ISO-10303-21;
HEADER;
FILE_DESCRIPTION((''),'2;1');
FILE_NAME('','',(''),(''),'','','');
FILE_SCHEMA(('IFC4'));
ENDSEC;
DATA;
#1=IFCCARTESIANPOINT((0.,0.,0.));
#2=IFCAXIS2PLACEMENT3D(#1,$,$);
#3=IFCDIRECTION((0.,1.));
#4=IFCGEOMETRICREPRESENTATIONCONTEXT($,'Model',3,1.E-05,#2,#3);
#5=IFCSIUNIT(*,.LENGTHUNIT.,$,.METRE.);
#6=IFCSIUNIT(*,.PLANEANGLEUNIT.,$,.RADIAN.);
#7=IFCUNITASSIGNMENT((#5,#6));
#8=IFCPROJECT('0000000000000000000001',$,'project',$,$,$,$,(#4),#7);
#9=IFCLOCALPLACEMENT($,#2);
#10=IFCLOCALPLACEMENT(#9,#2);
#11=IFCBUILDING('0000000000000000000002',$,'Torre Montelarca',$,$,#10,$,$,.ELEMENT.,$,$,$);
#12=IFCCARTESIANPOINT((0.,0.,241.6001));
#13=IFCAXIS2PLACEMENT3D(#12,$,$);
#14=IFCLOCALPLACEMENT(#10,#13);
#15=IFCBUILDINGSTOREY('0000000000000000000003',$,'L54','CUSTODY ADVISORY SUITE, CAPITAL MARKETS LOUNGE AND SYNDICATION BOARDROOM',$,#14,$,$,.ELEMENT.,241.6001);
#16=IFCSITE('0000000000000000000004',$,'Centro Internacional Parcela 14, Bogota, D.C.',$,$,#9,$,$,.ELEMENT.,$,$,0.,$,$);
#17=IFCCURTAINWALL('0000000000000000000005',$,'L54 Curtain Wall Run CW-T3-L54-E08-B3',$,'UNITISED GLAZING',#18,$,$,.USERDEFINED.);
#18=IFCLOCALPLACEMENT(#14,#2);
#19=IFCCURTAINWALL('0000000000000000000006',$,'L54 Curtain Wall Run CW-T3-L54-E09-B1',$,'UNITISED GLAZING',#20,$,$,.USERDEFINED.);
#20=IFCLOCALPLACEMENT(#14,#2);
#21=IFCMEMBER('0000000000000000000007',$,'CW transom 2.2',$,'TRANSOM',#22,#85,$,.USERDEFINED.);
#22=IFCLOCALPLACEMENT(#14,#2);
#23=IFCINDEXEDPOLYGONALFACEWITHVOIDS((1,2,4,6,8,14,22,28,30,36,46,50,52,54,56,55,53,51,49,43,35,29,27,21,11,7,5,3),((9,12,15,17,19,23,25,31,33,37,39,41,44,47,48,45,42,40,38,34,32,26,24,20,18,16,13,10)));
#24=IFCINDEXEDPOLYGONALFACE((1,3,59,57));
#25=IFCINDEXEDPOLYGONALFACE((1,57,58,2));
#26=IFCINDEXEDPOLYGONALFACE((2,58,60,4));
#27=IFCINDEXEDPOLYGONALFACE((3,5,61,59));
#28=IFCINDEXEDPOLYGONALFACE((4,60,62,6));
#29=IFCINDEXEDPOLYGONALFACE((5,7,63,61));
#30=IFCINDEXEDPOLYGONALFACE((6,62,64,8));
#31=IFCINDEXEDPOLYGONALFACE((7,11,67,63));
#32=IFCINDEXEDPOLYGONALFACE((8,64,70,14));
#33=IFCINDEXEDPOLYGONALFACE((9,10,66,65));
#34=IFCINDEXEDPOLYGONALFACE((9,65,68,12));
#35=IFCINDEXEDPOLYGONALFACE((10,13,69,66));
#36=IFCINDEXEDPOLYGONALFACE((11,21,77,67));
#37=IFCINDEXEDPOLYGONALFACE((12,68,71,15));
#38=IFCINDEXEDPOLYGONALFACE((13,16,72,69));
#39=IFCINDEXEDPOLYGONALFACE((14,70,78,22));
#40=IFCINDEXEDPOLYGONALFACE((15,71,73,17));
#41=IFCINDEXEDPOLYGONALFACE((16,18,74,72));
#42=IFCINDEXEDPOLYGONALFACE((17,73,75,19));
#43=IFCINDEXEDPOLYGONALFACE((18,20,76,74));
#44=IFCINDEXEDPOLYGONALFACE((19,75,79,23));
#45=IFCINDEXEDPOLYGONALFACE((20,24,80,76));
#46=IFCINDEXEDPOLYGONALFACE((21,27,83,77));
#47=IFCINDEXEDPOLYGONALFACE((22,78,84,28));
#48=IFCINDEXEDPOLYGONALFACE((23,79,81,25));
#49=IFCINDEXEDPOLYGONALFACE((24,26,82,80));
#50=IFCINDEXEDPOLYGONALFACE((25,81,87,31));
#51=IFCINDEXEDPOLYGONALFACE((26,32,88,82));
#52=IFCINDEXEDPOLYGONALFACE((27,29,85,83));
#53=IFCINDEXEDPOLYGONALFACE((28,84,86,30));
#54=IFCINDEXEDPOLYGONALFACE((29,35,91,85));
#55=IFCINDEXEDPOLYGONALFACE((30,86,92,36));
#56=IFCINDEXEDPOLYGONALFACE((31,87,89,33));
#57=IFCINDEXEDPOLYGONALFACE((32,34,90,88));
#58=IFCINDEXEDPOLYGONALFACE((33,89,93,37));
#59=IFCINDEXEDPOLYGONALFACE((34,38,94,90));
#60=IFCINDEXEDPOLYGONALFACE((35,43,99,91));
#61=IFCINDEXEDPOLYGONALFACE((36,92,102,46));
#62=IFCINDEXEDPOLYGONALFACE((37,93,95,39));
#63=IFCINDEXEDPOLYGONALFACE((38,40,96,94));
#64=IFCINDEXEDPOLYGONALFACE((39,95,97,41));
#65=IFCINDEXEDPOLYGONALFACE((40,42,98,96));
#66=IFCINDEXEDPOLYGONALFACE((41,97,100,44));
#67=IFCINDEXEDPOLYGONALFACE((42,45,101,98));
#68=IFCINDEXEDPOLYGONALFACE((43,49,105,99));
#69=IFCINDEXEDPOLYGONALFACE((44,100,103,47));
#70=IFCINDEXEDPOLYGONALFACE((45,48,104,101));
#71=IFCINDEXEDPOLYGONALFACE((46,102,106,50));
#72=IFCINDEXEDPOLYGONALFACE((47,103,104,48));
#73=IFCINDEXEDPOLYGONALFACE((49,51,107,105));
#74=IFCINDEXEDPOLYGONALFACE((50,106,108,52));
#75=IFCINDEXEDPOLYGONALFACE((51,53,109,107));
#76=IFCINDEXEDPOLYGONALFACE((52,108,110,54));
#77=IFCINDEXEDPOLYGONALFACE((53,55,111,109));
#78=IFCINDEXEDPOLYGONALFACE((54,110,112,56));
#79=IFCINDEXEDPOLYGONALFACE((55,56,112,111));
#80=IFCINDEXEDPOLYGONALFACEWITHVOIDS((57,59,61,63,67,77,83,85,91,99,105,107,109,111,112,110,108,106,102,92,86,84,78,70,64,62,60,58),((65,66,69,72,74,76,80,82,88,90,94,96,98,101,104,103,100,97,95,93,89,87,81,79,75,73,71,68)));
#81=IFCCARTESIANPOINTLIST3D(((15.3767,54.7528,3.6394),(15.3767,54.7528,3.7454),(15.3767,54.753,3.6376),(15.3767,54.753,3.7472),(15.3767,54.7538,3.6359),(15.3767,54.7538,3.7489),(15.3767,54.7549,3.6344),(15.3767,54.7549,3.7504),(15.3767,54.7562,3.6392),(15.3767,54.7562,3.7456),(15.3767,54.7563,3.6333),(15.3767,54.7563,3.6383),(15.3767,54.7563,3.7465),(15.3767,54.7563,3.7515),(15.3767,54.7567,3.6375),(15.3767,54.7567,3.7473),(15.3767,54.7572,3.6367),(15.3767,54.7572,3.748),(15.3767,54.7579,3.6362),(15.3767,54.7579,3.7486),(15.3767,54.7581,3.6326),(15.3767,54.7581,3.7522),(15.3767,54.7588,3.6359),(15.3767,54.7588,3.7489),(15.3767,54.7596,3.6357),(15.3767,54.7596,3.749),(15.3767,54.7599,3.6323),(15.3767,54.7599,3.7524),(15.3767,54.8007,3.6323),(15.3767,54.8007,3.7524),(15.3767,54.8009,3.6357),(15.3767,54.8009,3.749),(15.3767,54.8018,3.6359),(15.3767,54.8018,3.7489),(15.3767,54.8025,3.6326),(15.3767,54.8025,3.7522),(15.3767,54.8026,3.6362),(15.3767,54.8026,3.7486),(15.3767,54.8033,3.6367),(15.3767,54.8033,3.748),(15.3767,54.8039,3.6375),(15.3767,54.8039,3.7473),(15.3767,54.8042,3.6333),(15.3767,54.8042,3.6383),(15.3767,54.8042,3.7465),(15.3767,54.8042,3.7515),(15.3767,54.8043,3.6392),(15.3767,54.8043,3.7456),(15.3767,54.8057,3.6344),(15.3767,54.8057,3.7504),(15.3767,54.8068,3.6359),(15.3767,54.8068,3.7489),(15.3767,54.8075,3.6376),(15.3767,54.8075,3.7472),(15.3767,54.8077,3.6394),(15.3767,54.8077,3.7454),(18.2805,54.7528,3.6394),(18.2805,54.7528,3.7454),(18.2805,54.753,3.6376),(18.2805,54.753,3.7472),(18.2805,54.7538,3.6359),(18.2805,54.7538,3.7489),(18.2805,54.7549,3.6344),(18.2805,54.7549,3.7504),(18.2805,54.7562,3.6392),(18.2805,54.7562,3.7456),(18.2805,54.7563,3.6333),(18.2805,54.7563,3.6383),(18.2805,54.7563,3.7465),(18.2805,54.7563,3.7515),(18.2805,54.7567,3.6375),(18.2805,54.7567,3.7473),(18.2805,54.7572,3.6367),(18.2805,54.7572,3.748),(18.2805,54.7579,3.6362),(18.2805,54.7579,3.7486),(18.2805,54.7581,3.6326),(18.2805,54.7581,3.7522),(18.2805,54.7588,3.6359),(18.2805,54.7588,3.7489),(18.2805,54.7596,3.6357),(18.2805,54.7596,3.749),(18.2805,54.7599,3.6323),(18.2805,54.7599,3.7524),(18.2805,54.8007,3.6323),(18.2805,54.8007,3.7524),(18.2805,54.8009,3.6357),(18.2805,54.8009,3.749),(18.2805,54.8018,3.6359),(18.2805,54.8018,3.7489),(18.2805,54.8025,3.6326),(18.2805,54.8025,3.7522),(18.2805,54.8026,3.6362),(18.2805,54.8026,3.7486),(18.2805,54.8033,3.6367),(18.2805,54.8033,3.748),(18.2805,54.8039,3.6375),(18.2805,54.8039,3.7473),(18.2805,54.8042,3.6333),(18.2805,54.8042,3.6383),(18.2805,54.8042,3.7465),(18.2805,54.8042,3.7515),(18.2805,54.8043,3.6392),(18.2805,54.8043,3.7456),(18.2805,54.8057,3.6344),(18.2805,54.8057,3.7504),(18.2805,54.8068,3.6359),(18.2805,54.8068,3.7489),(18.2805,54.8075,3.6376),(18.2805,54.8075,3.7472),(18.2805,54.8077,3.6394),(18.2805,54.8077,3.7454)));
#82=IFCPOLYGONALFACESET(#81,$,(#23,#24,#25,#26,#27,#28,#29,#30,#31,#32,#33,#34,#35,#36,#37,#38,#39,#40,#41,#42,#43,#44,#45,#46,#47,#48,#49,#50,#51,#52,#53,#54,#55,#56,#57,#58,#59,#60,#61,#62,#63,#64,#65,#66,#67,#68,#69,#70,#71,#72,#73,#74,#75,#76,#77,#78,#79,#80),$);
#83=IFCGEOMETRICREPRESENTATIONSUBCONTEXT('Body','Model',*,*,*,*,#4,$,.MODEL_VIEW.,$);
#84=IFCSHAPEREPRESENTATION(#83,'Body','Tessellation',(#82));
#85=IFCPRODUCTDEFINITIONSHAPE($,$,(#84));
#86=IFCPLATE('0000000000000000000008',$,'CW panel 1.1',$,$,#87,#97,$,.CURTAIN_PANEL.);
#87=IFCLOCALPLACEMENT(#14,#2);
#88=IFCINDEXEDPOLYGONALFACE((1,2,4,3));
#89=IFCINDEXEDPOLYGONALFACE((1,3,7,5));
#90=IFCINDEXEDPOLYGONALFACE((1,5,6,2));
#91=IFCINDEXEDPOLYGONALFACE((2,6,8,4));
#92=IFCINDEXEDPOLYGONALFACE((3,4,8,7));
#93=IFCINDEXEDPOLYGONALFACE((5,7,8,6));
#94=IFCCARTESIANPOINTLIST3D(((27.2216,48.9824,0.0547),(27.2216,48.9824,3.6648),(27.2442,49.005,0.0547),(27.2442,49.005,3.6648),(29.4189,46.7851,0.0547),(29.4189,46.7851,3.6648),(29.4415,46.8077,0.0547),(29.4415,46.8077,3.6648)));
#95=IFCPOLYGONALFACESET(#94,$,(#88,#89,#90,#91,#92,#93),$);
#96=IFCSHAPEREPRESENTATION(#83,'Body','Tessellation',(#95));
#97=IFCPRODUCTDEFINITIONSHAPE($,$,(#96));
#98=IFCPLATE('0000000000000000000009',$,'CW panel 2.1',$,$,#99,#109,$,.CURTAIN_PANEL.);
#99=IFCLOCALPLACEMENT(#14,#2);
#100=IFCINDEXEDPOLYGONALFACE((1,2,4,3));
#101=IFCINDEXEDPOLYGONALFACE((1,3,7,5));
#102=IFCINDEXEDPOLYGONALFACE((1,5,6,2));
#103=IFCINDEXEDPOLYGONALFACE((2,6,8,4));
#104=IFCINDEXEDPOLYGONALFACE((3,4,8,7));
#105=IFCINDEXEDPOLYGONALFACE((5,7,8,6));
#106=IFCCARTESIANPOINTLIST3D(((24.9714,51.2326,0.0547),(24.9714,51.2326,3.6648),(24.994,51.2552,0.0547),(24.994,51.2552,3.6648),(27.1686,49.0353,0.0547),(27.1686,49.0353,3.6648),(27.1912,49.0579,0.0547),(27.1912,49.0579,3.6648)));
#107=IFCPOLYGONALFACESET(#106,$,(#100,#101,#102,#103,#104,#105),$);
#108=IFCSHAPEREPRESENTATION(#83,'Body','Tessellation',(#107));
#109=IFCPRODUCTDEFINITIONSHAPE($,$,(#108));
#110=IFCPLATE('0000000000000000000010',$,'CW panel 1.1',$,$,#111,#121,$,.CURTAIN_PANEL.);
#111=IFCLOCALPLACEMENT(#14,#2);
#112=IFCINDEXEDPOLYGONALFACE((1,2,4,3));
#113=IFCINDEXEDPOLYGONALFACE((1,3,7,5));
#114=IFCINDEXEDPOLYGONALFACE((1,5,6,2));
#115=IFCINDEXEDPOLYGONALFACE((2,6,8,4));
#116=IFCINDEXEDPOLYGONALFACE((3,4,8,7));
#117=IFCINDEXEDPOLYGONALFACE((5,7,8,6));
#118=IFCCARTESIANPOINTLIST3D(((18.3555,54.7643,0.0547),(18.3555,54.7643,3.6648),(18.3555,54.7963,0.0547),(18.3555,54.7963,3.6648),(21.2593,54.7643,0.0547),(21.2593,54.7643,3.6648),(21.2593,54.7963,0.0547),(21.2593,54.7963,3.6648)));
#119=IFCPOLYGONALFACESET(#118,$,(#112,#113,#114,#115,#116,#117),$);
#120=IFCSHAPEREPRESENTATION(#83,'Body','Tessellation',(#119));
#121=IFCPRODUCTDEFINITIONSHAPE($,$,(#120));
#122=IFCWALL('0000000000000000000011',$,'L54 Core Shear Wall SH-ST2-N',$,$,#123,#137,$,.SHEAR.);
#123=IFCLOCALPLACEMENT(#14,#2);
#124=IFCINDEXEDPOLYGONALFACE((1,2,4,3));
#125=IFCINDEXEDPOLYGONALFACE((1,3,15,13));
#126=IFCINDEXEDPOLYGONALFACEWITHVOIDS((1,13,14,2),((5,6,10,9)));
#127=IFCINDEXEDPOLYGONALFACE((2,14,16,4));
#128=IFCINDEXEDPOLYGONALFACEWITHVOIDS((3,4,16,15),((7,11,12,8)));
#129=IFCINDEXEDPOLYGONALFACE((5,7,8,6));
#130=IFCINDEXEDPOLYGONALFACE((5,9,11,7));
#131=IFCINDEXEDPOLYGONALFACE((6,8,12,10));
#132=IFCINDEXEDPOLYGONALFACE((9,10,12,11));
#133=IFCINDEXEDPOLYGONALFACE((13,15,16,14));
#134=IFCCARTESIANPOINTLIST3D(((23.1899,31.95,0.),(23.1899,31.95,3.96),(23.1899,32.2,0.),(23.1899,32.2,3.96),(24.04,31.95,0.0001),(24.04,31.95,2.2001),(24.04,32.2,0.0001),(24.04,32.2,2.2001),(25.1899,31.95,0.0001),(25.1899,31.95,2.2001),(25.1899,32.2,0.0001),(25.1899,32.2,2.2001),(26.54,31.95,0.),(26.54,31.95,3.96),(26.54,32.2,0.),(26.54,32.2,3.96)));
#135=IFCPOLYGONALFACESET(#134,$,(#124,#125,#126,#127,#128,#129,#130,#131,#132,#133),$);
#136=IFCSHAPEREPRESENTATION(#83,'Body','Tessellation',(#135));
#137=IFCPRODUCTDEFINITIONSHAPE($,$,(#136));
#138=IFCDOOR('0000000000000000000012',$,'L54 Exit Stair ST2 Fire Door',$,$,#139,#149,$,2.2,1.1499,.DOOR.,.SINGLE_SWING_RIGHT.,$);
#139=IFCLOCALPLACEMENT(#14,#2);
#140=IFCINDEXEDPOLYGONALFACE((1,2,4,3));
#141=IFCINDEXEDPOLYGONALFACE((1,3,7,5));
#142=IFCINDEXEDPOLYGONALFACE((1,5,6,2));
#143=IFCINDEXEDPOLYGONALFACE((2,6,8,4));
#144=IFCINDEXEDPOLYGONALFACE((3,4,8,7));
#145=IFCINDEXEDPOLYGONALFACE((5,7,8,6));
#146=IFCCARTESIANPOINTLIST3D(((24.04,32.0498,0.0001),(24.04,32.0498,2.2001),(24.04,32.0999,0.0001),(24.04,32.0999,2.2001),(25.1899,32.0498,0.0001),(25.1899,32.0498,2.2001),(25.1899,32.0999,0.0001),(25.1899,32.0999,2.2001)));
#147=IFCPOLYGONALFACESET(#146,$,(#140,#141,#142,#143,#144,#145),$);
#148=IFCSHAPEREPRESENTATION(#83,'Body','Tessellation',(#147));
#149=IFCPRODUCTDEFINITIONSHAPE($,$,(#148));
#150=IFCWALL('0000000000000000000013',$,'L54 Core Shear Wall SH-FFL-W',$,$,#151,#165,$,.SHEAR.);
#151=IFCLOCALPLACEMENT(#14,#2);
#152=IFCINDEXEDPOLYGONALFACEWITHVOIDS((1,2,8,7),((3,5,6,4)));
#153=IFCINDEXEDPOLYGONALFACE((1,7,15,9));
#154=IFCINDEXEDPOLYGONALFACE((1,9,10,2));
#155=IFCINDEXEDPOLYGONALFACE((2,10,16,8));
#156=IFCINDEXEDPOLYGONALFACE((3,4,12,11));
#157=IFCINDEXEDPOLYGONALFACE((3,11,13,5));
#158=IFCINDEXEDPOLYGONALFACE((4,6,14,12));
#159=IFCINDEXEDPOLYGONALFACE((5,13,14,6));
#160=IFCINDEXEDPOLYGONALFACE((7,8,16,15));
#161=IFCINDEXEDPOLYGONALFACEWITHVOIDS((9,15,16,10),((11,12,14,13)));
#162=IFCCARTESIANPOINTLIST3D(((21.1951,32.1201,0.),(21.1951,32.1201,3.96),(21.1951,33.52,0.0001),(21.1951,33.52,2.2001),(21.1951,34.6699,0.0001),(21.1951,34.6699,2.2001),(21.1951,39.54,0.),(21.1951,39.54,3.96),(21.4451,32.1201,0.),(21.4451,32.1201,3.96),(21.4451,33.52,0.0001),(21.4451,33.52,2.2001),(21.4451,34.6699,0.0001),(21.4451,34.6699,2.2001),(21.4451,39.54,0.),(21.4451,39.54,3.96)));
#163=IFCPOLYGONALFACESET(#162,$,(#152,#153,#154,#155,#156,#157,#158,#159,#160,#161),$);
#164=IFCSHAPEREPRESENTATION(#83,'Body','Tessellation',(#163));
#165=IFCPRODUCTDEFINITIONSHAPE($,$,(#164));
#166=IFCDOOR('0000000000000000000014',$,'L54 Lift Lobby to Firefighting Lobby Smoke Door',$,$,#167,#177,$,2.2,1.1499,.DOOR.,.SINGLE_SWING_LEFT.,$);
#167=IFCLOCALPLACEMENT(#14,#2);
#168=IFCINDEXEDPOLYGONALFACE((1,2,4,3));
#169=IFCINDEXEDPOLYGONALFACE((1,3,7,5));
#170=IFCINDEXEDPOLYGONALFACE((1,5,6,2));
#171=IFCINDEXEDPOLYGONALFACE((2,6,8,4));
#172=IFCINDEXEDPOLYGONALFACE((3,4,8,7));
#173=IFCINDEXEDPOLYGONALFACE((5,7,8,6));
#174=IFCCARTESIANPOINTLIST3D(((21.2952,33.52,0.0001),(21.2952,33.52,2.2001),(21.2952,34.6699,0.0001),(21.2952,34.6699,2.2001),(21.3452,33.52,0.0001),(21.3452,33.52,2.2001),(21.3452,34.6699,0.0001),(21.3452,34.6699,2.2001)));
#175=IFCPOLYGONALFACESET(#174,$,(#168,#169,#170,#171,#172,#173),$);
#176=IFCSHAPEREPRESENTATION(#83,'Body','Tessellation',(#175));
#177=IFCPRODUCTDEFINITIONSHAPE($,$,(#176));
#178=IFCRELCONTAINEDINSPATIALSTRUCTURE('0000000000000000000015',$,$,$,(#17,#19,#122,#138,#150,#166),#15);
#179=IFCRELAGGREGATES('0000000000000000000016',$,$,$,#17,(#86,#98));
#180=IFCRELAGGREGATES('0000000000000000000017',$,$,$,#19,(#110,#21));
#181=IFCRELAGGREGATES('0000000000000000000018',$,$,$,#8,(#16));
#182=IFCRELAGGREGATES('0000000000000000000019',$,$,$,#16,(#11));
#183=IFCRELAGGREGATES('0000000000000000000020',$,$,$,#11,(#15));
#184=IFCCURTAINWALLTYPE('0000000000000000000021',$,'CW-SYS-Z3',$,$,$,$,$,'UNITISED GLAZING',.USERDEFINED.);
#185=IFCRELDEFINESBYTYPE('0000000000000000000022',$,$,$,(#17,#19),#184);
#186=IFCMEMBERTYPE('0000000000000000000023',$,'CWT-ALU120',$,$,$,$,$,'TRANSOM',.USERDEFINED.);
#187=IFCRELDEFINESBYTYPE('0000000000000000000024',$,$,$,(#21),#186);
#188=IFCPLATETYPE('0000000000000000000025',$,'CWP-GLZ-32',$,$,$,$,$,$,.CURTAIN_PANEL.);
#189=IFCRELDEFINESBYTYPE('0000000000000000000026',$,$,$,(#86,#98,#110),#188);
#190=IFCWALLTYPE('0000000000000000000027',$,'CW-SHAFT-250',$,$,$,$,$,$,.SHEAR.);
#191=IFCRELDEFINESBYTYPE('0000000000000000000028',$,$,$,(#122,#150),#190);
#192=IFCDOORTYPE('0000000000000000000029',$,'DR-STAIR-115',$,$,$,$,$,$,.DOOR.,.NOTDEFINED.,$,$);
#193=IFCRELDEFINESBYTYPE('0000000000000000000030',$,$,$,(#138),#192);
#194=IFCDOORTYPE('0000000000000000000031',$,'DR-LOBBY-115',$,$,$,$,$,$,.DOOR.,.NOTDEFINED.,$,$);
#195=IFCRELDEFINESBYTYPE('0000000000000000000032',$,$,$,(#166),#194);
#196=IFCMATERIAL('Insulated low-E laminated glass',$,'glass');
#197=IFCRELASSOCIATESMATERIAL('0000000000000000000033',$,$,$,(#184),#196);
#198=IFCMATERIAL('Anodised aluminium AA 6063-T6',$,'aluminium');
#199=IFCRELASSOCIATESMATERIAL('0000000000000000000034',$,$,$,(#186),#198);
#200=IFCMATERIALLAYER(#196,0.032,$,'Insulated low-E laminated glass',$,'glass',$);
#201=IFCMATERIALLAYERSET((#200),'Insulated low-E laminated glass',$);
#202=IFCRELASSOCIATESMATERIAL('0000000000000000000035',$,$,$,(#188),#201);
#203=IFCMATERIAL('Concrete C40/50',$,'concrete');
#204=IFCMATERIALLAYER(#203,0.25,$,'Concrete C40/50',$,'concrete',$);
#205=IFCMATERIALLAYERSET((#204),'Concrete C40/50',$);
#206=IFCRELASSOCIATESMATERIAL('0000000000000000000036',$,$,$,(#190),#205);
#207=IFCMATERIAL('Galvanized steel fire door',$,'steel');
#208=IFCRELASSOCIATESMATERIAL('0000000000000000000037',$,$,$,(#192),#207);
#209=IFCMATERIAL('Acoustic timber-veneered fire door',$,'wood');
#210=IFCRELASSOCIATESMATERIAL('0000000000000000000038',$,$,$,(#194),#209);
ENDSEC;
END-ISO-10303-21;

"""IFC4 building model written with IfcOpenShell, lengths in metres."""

from ifc_helpers import new_model, si_unit, direction, frame, frame_2d, origin, origin_2d, place, context, subcontext, project, spatial, rectangle, hollow_rectangle, extrude, source, transform, mapped, material, layer, layer_set, material_profile, profile_set, type_object, element, fill, aggregate, save


model = new_model("IFC4")

# Units and contexts
model_context = context("Model", 3, precision=1e-05, world=origin(), true_north=direction((0.0, 1.0)))
body_context = subcontext(model_context, "Body", "Model", "MODEL_VIEW")
ifc_project = project(units=[si_unit("LENGTHUNIT", "METRE"), si_unit("PLANEANGLEUNIT", "RADIAN")], contexts=[model_context])

# Site, building, storey
site_placement = place(None, origin())
site = spatial("IfcSite", under=ifc_project, at=site_placement, Name="Centro Internacional Parcela 14, Bogota, D.C.", CompositionType="ELEMENT", RefElevation=0.0)
building_placement = place(site_placement, origin())
building = spatial("IfcBuilding", under=site, at=building_placement, Name="Torre Montelarca", CompositionType="ELEMENT")
storey_placement = place(building_placement, frame((0.0, 0.0, 241.6001)))
storey = spatial("IfcBuildingStorey", under=building, at=storey_placement, Name="L54", Description="CUSTODY ADVISORY SUITE, CAPITAL MARKETS LOUNGE AND SYNDICATION BOARDROOM", CompositionType="ELEMENT", Elevation=241.6001)

# Curtain walls
ifc_material_1 = material(Name="Insulated low-E laminated glass", Category="glass")
curtain_wall_type = type_object("IfcCurtainWallType", Name="CW-SYS-Z3", ElementType="UNITISED GLAZING", PredefinedType="USERDEFINED", material=ifc_material_1)
curtain_wall_1_placement = place(storey_placement, origin())
curtain_wall_1 = element("IfcCurtainWall", 1, at=curtain_wall_1_placement, inside=storey, type_object=curtain_wall_type, Name="L54 Curtain Wall Run CW-T3-L54-E08-B3", ObjectType="UNITISED GLAZING", PredefinedType="USERDEFINED")
ifc_material_2 = material(Name="Anodised aluminium AA 6063-T6", Category="aluminium")
curtain_wall_2_placement = place(storey_placement, origin())
curtain_wall_2 = element("IfcCurtainWall", 2, at=curtain_wall_2_placement, inside=storey, type_object=curtain_wall_type, Name="L54 Curtain Wall Run CW-T3-L54-E09-B1", ObjectType="UNITISED GLAZING", PredefinedType="USERDEFINED")

# Member
ifc_material_profile_1 = material_profile(ifc_material_2, hollow_rectangle(XDim=0.0549, YDim=0.1201, WallThickness=0.0034, InnerFilletRadius=0.0034, OuterFilletRadius=0.0071, at=origin_2d()), Name="ALU55X120X3.5", Category="aluminium")
ifc_profile_set_1 = profile_set([ifc_material_profile_1], Name="Anodised aluminium AA 6063-T6")
member_type_1 = type_object("IfcMemberType", Name="CWT-ALU120", ElementType="TRANSOM", PredefinedType="USERDEFINED", material=ifc_profile_set_1)
shared_shape_1 = source(origin(), body_context, "Body", "SweptSolid", [
    extrude(hollow_rectangle(XDim=0.0549, YDim=0.1201, WallThickness=0.0034, InnerFilletRadius=0.0034, OuterFilletRadius=0.0071, at=origin_2d()), origin(), (0.0, 0.0, 1.0), 2.9038),
])
member_1_placement = place(storey_placement, frame((18.2805, 54.7803, 3.6924), z_axis=(-1.0, 0.0, 0.0), x_axis=(0.0, -1.0, 0.0)))
member_1 = element("IfcMember", 3, at=member_1_placement, type_object=member_type_1, Name="CW transom 2.2", ObjectType="TRANSOM", PredefinedType="USERDEFINED", context=body_context, shape_type="MappedRepresentation", body=[
    mapped(shared_shape_1, transform((0.0, 0.0, 0.0), scale=1.0)),
])

# Plates
ifc_layer_1 = layer(ifc_material_1, 0.032, Name="Insulated low-E laminated glass", Category="glass")
ifc_layer_set_1 = layer_set([ifc_layer_1], Name="Insulated low-E laminated glass")
plate_type = type_object("IfcPlateType", Name="CWP-GLZ-32", PredefinedType="CURTAIN_PANEL", material=ifc_layer_set_1)
shared_shape_2 = source(origin(), body_context, "Body", "SweptSolid", [
    extrude(rectangle(XDim=3.1074, YDim=0.032, at=origin_2d()), origin(), (0.0, 0.0, 1.0), 3.6101),
])
plate_1_placement = place(storey_placement, frame((28.3315, 47.895, 0.0547), z_axis=(0.0, 0.0, 1.0), x_axis=(-0.707107, 0.707107, 0.0)))
plate_1 = element("IfcPlate", 4, at=plate_1_placement, type_object=plate_type, Name="CW panel 1.1", PredefinedType="CURTAIN_PANEL", context=body_context, shape_type="MappedRepresentation", body=[
    mapped(shared_shape_2, transform((0.0, 0.0, 0.0), scale=1.0)),
])
plate_2_placement = place(storey_placement, frame((26.0813, 50.1453, 0.0547), z_axis=(0.0, 0.0, 1.0), x_axis=(-0.707107, 0.707107, 0.0)))
plate_2 = element("IfcPlate", 5, at=plate_2_placement, type_object=plate_type, Name="CW panel 2.1", PredefinedType="CURTAIN_PANEL", context=body_context, shape_type="MappedRepresentation", body=[
    mapped(shared_shape_2, transform((0.0, 0.0, 0.0), scale=1.0)),
])
aggregate(curtain_wall_1, [plate_1, plate_2])
shared_shape_3 = source(origin(), body_context, "Body", "SweptSolid", [
    extrude(rectangle(XDim=2.9038, YDim=0.032, at=origin_2d()), origin(), (0.0, 0.0, 1.0), 3.6101),
])
plate_3_placement = place(storey_placement, frame((19.8074, 54.7803, 0.0547), z_axis=(0.0, 0.0, 1.0), x_axis=(-1.0, 0.0, 0.0)))
plate_3 = element("IfcPlate", 6, at=plate_3_placement, type_object=plate_type, Name="CW panel 1.1", PredefinedType="CURTAIN_PANEL", context=body_context, shape_type="MappedRepresentation", body=[
    mapped(shared_shape_3, transform((0.0, 0.0, 0.0), scale=1.0)),
])
aggregate(curtain_wall_2, [plate_3, member_1])

# Walls, openings, doors
ifc_material_3 = material(Name="Concrete C40/50", Category="concrete")
ifc_layer_2 = layer(ifc_material_3, 0.25, Name="Concrete C40/50", Category="concrete")
ifc_layer_set_2 = layer_set([ifc_layer_2], Name="Concrete C40/50")
wall_type = type_object("IfcWallType", Name="CW-SHAFT-250", PredefinedType="SHEAR", material=ifc_layer_set_2)
wall_1_placement = place(storey_placement, frame((23.1899, 32.075, 0.0), z_axis=(0.0, 0.0, 1.0), x_axis=(1.0, 0.0, 0.0)))
wall_1 = element("IfcWall", 7, at=wall_1_placement, inside=storey, type_object=wall_type, Name="L54 Core Shear Wall SH-ST2-N", PredefinedType="SHEAR", context=body_context, shape_type="SweptSolid", body=[
    extrude(rectangle(XDim=3.3501, YDim=0.25, at=frame_2d((1.675, 0.0))), origin(), (0.0, 0.0, 1.0), 3.96),
])
opening_1_placement = place(wall_1_placement, frame((0.8501, 0.0, 0.0)))
opening_1 = element("IfcOpeningElement", 8, at=opening_1_placement, cuts=wall_1, PredefinedType="OPENING", context=body_context, shape_type="SweptSolid", body=[
    extrude(rectangle(XDim=1.1499, YDim=2.2, at=frame_2d((0.575, 1.1001))), frame((0.0, 0.135, 0.0), z_axis=(0.0, -1.0, 0.0), x_axis=(1.0, 0.0, 0.0)), (0.0, 0.0, 1.0), 0.27),
])
ifc_material_4 = material(Name="Galvanized steel fire door", Category="steel")
door_type_1 = type_object("IfcDoorType", Name="DR-STAIR-115", OperationType="NOTDEFINED", PredefinedType="DOOR", material=ifc_material_4)
shared_shape_4 = source(origin(), body_context, "Body", "SweptSolid", [
    extrude(rectangle(XDim=1.1499, YDim=2.2, at=frame_2d((0.575, 1.1001))), frame((0.0, 0.0249, 0.0), z_axis=(0.0, -1.0, 0.0), x_axis=(1.0, 0.0, 0.0)), (0.0, 0.0, 1.0), 0.05),
])
door_1_placement = place(opening_1_placement, origin())
door_1 = element("IfcDoor", 9, at=door_1_placement, inside=storey, type_object=door_type_1, Name="L54 Exit Stair ST2 Fire Door", OperationType="SINGLE_SWING_RIGHT", OverallHeight=2.2, OverallWidth=1.1499, PredefinedType="DOOR", context=body_context, shape_type="MappedRepresentation", body=[
    mapped(shared_shape_4, transform((0.0, 0.0, 0.0), scale=1.0)),
])
fill(opening_1, door_1)
wall_2_placement = place(storey_placement, frame((21.3201, 32.1201, 0.0), z_axis=(0.0, 0.0, 1.0), x_axis=(0.0, 1.0, 0.0)))
wall_2 = element("IfcWall", 10, at=wall_2_placement, inside=storey, type_object=wall_type, Name="L54 Core Shear Wall SH-FFL-W", PredefinedType="SHEAR", context=body_context, shape_type="SweptSolid", body=[
    extrude(rectangle(XDim=7.4199, YDim=0.25, at=frame_2d((3.71, 0.0))), origin(), (0.0, 0.0, 1.0), 3.96),
])
opening_2_placement = place(wall_2_placement, frame((1.3999, 0.0, 0.0)))
opening_2 = element("IfcOpeningElement", 11, at=opening_2_placement, cuts=wall_2, PredefinedType="OPENING", context=body_context, shape_type="SweptSolid", body=[
    extrude(rectangle(XDim=1.1499, YDim=2.2, at=frame_2d((0.575, 1.1001))), frame((0.0, 0.135, 0.0), z_axis=(0.0, -1.0, 0.0), x_axis=(1.0, 0.0, 0.0)), (0.0, 0.0, 1.0), 0.27),
])
ifc_material_5 = material(Name="Acoustic timber-veneered fire door", Category="wood")
door_type_2 = type_object("IfcDoorType", Name="DR-LOBBY-115", OperationType="NOTDEFINED", PredefinedType="DOOR", material=ifc_material_5)
shared_shape_5 = source(origin(), body_context, "Body", "SweptSolid", [
    extrude(rectangle(XDim=1.1499, YDim=2.2, at=frame_2d((0.575, 1.1001))), frame((0.0, 0.0249, 0.0), z_axis=(0.0, -1.0, 0.0), x_axis=(1.0, 0.0, 0.0)), (0.0, 0.0, 1.0), 0.05),
])
door_2_placement = place(opening_2_placement, origin())
door_2 = element("IfcDoor", 12, at=door_2_placement, inside=storey, type_object=door_type_2, Name="L54 Lift Lobby to Firefighting Lobby Smoke Door", OperationType="SINGLE_SWING_LEFT", OverallHeight=2.2, OverallWidth=1.1499, PredefinedType="DOOR", context=body_context, shape_type="MappedRepresentation", body=[
    mapped(shared_shape_5, transform((0.0, 0.0, 0.0), scale=1.0)),
])
fill(opening_2, door_2)

save(model, "model.ifc")
